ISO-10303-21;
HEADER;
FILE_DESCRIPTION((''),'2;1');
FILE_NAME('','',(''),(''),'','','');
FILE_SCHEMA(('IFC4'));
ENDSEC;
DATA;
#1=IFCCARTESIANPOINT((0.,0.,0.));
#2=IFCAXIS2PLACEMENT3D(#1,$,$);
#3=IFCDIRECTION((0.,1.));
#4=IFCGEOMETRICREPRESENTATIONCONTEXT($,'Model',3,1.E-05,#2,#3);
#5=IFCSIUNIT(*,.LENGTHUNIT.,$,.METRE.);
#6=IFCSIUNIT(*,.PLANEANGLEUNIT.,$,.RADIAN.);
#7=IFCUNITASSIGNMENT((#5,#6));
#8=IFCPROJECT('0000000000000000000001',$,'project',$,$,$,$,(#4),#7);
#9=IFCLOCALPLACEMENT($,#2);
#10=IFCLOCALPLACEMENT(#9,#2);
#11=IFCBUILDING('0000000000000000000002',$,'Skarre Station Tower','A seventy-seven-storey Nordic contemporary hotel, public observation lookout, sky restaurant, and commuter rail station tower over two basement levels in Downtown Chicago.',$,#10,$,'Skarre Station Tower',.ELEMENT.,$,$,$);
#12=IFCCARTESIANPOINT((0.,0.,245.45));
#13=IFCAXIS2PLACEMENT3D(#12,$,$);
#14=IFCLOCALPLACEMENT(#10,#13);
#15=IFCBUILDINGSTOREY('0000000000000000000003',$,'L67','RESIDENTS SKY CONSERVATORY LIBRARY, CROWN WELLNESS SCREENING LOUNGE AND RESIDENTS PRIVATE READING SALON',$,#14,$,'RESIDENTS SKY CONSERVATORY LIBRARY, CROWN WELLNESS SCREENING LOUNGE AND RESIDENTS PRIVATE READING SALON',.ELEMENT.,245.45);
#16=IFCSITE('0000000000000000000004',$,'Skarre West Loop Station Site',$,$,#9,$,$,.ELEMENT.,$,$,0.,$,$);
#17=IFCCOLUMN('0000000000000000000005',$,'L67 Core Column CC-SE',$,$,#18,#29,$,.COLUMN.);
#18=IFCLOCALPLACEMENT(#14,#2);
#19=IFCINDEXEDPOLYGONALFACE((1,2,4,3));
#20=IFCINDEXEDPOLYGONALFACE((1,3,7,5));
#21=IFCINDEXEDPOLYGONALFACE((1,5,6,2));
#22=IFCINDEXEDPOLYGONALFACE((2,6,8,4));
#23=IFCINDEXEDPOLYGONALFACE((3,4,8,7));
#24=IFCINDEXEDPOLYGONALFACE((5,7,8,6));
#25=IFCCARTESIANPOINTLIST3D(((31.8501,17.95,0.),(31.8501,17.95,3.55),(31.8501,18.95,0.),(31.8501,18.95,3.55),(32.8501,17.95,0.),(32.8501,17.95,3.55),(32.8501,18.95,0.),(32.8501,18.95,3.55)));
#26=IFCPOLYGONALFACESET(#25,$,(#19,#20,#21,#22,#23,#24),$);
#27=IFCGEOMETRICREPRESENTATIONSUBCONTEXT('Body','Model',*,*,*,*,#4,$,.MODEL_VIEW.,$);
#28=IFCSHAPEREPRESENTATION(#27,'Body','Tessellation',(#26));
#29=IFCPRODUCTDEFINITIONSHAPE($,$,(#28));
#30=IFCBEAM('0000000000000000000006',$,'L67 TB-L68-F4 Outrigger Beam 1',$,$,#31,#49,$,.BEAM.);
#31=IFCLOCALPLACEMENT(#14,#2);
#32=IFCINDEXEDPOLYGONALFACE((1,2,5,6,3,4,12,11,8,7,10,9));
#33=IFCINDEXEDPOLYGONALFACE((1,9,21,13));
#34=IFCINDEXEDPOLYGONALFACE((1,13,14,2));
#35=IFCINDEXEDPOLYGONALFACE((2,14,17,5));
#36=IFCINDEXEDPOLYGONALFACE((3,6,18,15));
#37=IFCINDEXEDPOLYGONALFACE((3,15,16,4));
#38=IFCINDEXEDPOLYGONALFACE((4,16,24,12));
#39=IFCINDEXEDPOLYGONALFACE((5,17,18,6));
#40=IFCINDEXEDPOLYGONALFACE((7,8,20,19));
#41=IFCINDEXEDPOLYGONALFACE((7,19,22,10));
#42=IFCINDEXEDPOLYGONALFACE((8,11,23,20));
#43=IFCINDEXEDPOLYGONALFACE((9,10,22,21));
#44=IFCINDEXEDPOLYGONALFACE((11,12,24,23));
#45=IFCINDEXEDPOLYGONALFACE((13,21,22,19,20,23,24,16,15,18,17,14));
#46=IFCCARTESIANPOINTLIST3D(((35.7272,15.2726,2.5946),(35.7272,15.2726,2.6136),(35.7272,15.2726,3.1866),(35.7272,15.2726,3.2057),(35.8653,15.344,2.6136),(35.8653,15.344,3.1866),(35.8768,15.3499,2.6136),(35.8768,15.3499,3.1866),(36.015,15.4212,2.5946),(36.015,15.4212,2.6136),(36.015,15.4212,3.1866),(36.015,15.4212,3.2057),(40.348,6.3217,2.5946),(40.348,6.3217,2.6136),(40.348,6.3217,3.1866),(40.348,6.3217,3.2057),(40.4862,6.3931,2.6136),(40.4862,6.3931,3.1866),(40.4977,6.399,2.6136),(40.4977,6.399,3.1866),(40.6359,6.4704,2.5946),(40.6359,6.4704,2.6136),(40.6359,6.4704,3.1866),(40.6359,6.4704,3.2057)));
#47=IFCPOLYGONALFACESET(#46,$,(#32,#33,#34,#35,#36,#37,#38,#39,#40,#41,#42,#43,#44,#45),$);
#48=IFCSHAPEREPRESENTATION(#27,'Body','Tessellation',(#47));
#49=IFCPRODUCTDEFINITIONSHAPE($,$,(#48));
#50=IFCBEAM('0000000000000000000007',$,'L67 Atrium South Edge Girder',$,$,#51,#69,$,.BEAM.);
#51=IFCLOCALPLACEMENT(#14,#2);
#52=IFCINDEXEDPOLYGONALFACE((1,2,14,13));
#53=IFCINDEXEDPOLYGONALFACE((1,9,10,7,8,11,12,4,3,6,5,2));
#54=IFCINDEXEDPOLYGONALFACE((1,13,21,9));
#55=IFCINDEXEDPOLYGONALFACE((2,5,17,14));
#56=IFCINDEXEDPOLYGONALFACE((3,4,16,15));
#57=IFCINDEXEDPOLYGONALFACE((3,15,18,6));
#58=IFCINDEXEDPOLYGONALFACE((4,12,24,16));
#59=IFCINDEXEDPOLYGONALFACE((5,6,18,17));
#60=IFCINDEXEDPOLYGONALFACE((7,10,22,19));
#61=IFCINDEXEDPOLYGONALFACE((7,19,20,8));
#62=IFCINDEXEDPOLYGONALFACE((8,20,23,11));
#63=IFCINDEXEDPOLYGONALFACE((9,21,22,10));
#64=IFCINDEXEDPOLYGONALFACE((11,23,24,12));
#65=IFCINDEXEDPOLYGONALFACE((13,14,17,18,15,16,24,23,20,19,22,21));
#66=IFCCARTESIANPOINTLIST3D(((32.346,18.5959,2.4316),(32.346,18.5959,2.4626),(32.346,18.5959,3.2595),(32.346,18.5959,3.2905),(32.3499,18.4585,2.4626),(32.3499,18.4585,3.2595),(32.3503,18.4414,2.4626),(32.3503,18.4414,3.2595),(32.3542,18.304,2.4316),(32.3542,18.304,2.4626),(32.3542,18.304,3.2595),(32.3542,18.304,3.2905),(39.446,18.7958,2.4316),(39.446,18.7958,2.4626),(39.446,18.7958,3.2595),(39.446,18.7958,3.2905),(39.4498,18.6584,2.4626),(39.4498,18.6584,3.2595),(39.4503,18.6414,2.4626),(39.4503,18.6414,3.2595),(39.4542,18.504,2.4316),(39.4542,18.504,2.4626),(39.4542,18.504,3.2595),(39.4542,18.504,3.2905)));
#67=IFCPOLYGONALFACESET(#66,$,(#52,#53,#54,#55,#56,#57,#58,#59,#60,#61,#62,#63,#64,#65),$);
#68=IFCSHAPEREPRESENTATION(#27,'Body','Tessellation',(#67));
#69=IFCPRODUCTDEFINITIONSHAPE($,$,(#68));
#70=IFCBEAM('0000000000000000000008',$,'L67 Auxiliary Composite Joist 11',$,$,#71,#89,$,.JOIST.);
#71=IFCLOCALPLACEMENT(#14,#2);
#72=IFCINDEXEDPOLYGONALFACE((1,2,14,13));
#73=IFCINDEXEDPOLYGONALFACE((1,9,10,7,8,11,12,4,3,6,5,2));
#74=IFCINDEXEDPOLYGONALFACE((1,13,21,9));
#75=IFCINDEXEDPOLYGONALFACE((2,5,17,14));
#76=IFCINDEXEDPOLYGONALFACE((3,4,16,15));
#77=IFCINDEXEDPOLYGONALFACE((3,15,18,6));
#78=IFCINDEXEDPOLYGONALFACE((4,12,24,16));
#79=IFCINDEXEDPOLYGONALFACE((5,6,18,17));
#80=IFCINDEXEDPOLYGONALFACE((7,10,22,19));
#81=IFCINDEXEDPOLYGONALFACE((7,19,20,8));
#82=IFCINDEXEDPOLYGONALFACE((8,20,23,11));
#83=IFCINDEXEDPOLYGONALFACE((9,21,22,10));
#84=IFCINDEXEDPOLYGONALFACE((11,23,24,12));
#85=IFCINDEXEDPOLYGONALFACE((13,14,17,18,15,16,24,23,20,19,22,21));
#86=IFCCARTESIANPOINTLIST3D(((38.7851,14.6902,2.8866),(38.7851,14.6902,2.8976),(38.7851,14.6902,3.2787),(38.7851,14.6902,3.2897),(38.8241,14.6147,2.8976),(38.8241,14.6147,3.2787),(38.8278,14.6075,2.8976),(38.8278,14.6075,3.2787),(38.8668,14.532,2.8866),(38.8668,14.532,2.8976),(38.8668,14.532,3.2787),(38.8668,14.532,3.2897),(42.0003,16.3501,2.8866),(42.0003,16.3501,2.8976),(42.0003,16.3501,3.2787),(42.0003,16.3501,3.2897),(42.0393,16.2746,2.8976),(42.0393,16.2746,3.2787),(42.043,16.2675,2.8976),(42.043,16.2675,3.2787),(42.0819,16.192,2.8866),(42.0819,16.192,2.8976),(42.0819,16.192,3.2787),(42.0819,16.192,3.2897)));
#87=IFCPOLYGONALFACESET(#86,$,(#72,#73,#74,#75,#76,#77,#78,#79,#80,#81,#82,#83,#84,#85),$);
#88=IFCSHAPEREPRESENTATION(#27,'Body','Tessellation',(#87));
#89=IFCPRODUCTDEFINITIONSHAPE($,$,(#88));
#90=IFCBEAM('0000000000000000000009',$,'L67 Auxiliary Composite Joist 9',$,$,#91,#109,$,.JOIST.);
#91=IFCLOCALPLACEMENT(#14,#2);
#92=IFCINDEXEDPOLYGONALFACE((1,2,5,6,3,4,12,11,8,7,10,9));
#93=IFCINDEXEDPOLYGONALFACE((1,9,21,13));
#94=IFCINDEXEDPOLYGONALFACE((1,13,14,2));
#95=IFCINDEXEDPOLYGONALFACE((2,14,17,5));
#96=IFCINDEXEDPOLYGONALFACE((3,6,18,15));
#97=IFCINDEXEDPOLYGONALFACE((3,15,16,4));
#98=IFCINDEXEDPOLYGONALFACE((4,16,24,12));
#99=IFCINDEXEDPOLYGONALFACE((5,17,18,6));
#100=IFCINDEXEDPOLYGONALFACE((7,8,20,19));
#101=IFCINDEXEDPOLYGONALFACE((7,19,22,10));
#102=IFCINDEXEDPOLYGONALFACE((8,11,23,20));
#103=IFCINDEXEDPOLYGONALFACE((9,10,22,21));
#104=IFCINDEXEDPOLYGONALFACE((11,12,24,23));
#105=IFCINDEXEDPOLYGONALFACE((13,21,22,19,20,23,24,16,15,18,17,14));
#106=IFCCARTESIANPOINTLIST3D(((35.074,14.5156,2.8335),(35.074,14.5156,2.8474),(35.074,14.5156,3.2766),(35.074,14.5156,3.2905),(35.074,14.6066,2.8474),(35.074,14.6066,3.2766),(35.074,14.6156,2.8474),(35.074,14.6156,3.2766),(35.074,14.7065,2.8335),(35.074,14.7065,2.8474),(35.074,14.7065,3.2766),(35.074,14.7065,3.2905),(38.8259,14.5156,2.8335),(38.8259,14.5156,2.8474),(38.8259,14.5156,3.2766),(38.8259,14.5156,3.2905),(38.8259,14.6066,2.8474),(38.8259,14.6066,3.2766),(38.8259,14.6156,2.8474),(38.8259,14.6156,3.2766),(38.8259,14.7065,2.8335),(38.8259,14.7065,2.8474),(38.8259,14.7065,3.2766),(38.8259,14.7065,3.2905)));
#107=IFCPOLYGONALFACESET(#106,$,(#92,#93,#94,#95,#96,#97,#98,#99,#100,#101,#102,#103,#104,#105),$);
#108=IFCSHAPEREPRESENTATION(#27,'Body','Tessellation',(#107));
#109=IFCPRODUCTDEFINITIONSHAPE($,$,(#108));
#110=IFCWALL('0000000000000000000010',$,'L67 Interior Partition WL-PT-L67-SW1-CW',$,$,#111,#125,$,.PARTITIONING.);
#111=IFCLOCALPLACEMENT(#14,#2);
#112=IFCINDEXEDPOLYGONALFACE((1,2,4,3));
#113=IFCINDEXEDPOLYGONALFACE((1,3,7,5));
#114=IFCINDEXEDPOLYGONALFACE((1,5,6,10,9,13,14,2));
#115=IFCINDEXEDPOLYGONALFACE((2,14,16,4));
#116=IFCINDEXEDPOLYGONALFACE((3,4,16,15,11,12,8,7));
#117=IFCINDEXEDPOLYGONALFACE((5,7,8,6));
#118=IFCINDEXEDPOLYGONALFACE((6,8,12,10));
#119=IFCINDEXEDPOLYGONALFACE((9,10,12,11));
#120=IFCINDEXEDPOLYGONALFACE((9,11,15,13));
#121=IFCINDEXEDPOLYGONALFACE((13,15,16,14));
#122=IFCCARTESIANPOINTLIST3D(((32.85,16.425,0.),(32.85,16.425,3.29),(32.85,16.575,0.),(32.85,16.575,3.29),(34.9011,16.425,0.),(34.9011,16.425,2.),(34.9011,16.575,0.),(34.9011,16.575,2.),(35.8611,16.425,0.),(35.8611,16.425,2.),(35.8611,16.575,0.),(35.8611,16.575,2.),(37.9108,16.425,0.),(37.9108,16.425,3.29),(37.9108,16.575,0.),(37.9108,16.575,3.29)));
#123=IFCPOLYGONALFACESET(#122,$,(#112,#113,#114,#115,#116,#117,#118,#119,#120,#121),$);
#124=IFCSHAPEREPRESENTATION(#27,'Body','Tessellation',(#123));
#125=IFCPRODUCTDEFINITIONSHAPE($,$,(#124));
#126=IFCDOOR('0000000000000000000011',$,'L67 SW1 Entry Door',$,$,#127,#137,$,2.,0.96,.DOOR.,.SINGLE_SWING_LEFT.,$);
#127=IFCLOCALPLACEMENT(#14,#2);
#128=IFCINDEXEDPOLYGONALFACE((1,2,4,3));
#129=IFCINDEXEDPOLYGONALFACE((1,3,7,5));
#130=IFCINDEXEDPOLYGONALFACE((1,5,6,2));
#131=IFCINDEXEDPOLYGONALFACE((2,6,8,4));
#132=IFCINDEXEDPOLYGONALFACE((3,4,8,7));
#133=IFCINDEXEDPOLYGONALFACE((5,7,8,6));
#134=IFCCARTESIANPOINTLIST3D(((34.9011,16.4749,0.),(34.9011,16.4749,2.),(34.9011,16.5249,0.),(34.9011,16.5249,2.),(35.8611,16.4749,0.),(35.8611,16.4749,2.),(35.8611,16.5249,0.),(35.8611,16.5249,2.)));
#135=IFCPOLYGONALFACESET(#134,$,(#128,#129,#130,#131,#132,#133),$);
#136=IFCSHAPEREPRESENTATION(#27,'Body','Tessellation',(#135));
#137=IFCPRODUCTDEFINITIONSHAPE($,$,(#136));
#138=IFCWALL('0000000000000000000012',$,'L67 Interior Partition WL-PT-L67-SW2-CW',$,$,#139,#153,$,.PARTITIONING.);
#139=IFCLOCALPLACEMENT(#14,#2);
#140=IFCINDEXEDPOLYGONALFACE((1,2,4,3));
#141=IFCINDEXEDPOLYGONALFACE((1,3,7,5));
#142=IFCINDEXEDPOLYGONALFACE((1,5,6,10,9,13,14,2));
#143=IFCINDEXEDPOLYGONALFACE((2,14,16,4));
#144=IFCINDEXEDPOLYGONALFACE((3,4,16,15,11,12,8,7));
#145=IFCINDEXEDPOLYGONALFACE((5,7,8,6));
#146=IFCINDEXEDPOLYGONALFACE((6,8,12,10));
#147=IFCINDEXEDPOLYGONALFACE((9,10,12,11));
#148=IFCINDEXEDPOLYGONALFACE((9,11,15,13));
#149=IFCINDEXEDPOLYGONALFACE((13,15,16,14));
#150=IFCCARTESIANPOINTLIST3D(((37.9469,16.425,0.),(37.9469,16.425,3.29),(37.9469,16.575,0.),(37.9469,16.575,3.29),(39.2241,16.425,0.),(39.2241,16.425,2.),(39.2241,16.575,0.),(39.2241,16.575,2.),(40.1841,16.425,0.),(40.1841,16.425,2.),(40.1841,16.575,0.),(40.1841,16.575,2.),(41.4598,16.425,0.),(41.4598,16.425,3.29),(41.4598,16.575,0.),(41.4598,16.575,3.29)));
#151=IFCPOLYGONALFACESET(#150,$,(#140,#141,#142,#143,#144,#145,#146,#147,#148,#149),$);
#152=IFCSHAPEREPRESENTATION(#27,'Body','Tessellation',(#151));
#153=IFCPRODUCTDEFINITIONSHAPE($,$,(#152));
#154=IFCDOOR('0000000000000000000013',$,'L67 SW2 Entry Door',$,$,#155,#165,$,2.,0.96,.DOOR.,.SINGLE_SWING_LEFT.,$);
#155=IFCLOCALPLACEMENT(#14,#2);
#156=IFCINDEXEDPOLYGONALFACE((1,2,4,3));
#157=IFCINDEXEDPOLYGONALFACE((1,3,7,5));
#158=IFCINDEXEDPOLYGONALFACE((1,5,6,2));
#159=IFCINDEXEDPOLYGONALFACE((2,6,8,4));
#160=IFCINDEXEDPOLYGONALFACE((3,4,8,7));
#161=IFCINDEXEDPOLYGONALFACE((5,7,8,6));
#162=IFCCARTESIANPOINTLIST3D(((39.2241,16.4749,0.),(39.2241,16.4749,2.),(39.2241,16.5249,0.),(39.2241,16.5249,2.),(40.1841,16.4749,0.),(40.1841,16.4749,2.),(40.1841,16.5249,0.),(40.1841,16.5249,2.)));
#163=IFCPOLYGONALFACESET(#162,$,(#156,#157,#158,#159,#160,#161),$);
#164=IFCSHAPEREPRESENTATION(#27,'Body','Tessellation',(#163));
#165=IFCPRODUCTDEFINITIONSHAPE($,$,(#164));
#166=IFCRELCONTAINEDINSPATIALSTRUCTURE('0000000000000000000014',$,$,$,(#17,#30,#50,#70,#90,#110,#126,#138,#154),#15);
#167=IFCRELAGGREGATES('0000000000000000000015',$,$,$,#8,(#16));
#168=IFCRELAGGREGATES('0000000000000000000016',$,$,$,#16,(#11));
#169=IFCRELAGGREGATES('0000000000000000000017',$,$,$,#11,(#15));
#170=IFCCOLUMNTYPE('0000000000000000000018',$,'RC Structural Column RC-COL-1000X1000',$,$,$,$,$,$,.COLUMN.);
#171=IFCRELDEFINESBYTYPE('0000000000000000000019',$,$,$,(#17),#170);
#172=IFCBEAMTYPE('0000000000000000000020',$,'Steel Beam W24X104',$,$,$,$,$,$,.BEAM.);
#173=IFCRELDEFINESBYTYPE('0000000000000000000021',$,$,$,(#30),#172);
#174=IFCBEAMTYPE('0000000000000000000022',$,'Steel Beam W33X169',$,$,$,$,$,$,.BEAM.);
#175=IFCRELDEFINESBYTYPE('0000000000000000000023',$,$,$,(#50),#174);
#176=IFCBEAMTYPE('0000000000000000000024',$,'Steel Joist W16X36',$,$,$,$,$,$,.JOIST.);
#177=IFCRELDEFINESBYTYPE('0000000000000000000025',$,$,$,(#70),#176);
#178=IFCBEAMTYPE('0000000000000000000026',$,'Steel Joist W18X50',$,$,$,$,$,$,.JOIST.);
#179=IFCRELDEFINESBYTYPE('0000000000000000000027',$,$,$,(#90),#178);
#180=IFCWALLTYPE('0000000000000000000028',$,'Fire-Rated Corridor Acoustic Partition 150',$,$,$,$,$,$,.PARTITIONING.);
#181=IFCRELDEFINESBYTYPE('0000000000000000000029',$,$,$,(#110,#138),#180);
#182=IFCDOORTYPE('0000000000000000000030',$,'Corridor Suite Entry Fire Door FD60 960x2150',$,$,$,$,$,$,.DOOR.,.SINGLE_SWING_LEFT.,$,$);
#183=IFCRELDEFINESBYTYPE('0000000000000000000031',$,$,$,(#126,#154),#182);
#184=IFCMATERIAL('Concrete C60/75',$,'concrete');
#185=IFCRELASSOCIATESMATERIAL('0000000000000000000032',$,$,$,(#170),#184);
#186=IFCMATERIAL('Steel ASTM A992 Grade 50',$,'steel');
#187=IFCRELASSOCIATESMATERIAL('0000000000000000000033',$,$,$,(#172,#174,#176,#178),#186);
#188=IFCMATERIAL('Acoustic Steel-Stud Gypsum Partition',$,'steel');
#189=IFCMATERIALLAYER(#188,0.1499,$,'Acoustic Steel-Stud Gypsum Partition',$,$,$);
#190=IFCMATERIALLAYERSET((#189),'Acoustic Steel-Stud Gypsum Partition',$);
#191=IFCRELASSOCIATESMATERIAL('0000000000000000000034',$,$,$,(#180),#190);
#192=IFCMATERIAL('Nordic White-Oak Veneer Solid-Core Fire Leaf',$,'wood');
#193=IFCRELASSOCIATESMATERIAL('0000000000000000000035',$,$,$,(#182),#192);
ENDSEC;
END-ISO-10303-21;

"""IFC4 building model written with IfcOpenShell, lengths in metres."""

from ifc_helpers import new_model, si_unit, direction, frame, frame_2d, origin, origin_2d, place, context, subcontext, project, spatial, rectangle, i_section, extrude, material, layer, layer_set, material_profile, profile_set, type_object, element, fill, save


model = new_model("IFC4")

# Units and contexts
model_context = context("Model", 3, precision=1e-05, world=origin(), true_north=direction((0.0, 1.0)))
body_context = subcontext(model_context, "Body", "Model", "MODEL_VIEW")
ifc_project = project(units=[si_unit("LENGTHUNIT", "METRE"), si_unit("PLANEANGLEUNIT", "RADIAN")], contexts=[model_context])

# Site, building, storey
site_placement = place(None, origin())
site = spatial("IfcSite", under=ifc_project, at=site_placement, Name="Skarre West Loop Station Site", CompositionType="ELEMENT", RefElevation=0.0)
building_placement = place(site_placement, origin())
building = spatial("IfcBuilding", under=site, at=building_placement, Name="Skarre Station Tower", Description="A seventy-seven-storey Nordic contemporary hotel, public observation lookout, sky restaurant, and commuter rail station tower over two basement levels in Downtown Chicago.", LongName="Skarre Station Tower", CompositionType="ELEMENT")
storey_placement = place(building_placement, frame((0.0, 0.0, 245.45)))
storey = spatial("IfcBuildingStorey", under=building, at=storey_placement, Name="L67", Description="RESIDENTS SKY CONSERVATORY LIBRARY, CROWN WELLNESS SCREENING LOUNGE AND RESIDENTS PRIVATE READING SALON", LongName="RESIDENTS SKY CONSERVATORY LIBRARY, CROWN WELLNESS SCREENING LOUNGE AND RESIDENTS PRIVATE READING SALON", CompositionType="ELEMENT", Elevation=245.45)

# Column
ifc_material_1 = material(Name="Concrete C60/75", Category="concrete")
ifc_material_profile_1 = material_profile(ifc_material_1, rectangle(XDim=1.0, YDim=1.0, at=origin_2d()), Name="Concrete C60/75")
ifc_profile_set_1 = profile_set([ifc_material_profile_1], Name="Concrete C60/75")
column_type = type_object("IfcColumnType", Name="RC Structural Column RC-COL-1000X1000", PredefinedType="COLUMN", material=ifc_profile_set_1)
column_placement = place(storey_placement, frame((32.3501, 18.45, 0.0), z_axis=(0.0, 0.0, 1.0), x_axis=(1.0, 0.0, 0.0)))
element("IfcColumn", 1, at=column_placement, inside=storey, type_object=column_type, Name="L67 Core Column CC-SE", PredefinedType="COLUMN", context=body_context, shape_type="SweptSolid", body=[
    extrude(rectangle(XDim=1.0, YDim=1.0, at=origin_2d()), origin(), (0.0, 0.0, 1.0), 3.55),
])

# Beams
ifc_material_2 = material(Name="Steel ASTM A992 Grade 50", Category="steel")
ifc_material_profile_2 = material_profile(ifc_material_2, i_section(OverallWidth=0.324, OverallDepth=0.6111, WebThickness=0.0129, FlangeThickness=0.019, at=origin_2d()), Name="Steel ASTM A992 Grade 50")
ifc_profile_set_2 = profile_set([ifc_material_profile_2], Name="Steel ASTM A992 Grade 50")
beam_type_1 = type_object("IfcBeamType", Name="Steel Beam W24X104", PredefinedType="BEAM", material=ifc_profile_set_2)
beam_1_placement = place(storey_placement, frame((35.8711, 15.3469, 2.9001), z_axis=(0.458723, -0.88858, 0.0), x_axis=(0.88858, 0.458723, 0.0)))
element("IfcBeam", 2, at=beam_1_placement, inside=storey, type_object=beam_type_1, Name="L67 TB-L68-F4 Outrigger Beam 1", PredefinedType="BEAM", context=body_context, shape_type="SweptSolid", body=[
    extrude(i_section(OverallWidth=0.324, OverallDepth=0.6111, WebThickness=0.0129, FlangeThickness=0.019, at=origin_2d()), origin(), (0.0, 0.0, 1.0), 10.0732),
])
ifc_material_profile_3 = material_profile(ifc_material_2, i_section(OverallWidth=0.292, OverallDepth=0.8589, WebThickness=0.0171, FlangeThickness=0.031, at=origin_2d()), Name="Steel ASTM A992 Grade 50")
ifc_profile_set_3 = profile_set([ifc_material_profile_3], Name="Steel ASTM A992 Grade 50")
beam_type_2 = type_object("IfcBeamType", Name="Steel Beam W33X169", PredefinedType="BEAM", material=ifc_profile_set_3)
beam_2_placement = place(storey_placement, frame((32.3501, 18.45, 2.8611), z_axis=(0.999604, 0.028152, 0.0), x_axis=(-0.028152, 0.999604, 0.0)))
element("IfcBeam", 3, at=beam_2_placement, inside=storey, type_object=beam_type_2, Name="L67 Atrium South Edge Girder", PredefinedType="BEAM", context=body_context, shape_type="SweptSolid", body=[
    extrude(i_section(OverallWidth=0.292, OverallDepth=0.8589, WebThickness=0.0171, FlangeThickness=0.031, at=origin_2d()), origin(), (0.0, 0.0, 1.0), 7.1028),
])
ifc_material_profile_4 = material_profile(ifc_material_2, i_section(OverallWidth=0.178, OverallDepth=0.4031, WebThickness=0.0081, FlangeThickness=0.011, at=origin_2d()), Name="Steel ASTM A992 Grade 50")
ifc_profile_set_4 = profile_set([ifc_material_profile_4], Name="Steel ASTM A992 Grade 50")
beam_type_3 = type_object("IfcBeamType", Name="Steel Joist W16X36", PredefinedType="JOIST", material=ifc_profile_set_4)
beam_3_placement = place(storey_placement, frame((38.8259, 14.6111, 3.0881), z_axis=(0.888563, 0.458755, 0.0), x_axis=(-0.458755, 0.888563, 0.0)))
element("IfcBeam", 4, at=beam_3_placement, inside=storey, type_object=beam_type_3, Name="L67 Auxiliary Composite Joist 11", PredefinedType="JOIST", context=body_context, shape_type="SweptSolid", body=[
    extrude(i_section(OverallWidth=0.178, OverallDepth=0.4031, WebThickness=0.0081, FlangeThickness=0.011, at=origin_2d()), origin(), (0.0, 0.0, 1.0), 3.6184),
])
ifc_material_profile_5 = material_profile(ifc_material_2, i_section(OverallWidth=0.1909, OverallDepth=0.457, WebThickness=0.009, FlangeThickness=0.0139, at=origin_2d()), Name="Steel ASTM A992 Grade 50")
ifc_profile_set_5 = profile_set([ifc_material_profile_5], Name="Steel ASTM A992 Grade 50")
beam_type_4 = type_object("IfcBeamType", Name="Steel Joist W18X50", PredefinedType="JOIST", material=ifc_profile_set_5)
beam_4_placement = place(storey_placement, frame((35.074, 14.6111, 3.062), z_axis=(1.0, 0.0, 0.0), x_axis=(0.0, 1.0, 0.0)))
element("IfcBeam", 5, at=beam_4_placement, inside=storey, type_object=beam_type_4, Name="L67 Auxiliary Composite Joist 9", PredefinedType="JOIST", context=body_context, shape_type="SweptSolid", body=[
    extrude(i_section(OverallWidth=0.1909, OverallDepth=0.457, WebThickness=0.009, FlangeThickness=0.0139, at=origin_2d()), origin(), (0.0, 0.0, 1.0), 3.752),
])

# Walls, openings, doors
ifc_material_3 = material(Name="Acoustic Steel-Stud Gypsum Partition", Category="steel")
ifc_layer_1 = layer(ifc_material_3, 0.1499, Name="Acoustic Steel-Stud Gypsum Partition")
ifc_layer_set_1 = layer_set([ifc_layer_1], Name="Acoustic Steel-Stud Gypsum Partition")
wall_type_1 = type_object("IfcWallType", Name="Fire-Rated Corridor Acoustic Partition 150", PredefinedType="PARTITIONING", material=ifc_layer_set_1)
wall_1_placement = place(storey_placement, frame((32.8501, 16.5, 0.0), z_axis=(0.0, 0.0, 1.0), x_axis=(1.0, 0.0, 0.0)))
wall_1 = element("IfcWall", 6, at=wall_1_placement, inside=storey, type_object=wall_type_1, Name="L67 Interior Partition WL-PT-L67-SW1-CW", PredefinedType="PARTITIONING", context=body_context, shape_type="SweptSolid", body=[
    extrude(rectangle(XDim=5.0608, YDim=0.1499, at=frame_2d((2.5303, 0.0))), origin(), (0.0, 0.0, 1.0), 3.29),
])
opening_1_placement = place(wall_1_placement, frame((2.051, 0.0, 0.0)))
opening_1 = element("IfcOpeningElement", 7, at=opening_1_placement, cuts=wall_1, PredefinedType="OPENING", context=body_context, shape_type="SweptSolid", body=[
    extrude(rectangle(XDim=0.96, YDim=2.0, at=frame_2d((0.48, 1.0))), frame((0.0, 0.085, 0.0), z_axis=(0.0, -1.0, 0.0), x_axis=(1.0, 0.0, 0.0)), (0.0, 0.0, 1.0), 0.1699),
])
ifc_material_4 = material(Name="Nordic White-Oak Veneer Solid-Core Fire Leaf", Category="wood")
door_type_1 = type_object("IfcDoorType", Name="Corridor Suite Entry Fire Door FD60 960x2150", OperationType="SINGLE_SWING_LEFT", PredefinedType="DOOR", material=ifc_material_4)
door_1_placement = place(opening_1_placement, origin())
door_1 = element("IfcDoor", 8, at=door_1_placement, inside=storey, type_object=door_type_1, Name="L67 SW1 Entry Door", OperationType="SINGLE_SWING_LEFT", OverallHeight=2.0, OverallWidth=0.96, PredefinedType="DOOR", context=body_context, shape_type="SweptSolid", body=[
    extrude(rectangle(XDim=0.96, YDim=2.0, at=frame_2d((0.48, 1.0))), frame((0.0, 0.0249, 0.0), z_axis=(0.0, -1.0, 0.0), x_axis=(1.0, 0.0, 0.0)), (0.0, 0.0, 1.0), 0.05),
])
fill(opening_1, door_1)
wall_2_placement = place(storey_placement, frame((37.947, 16.5, 0.0), z_axis=(0.0, 0.0, 1.0), x_axis=(1.0, 0.0, 0.0)))
wall_2 = element("IfcWall", 9, at=wall_2_placement, inside=storey, type_object=wall_type_1, Name="L67 Interior Partition WL-PT-L67-SW2-CW", PredefinedType="PARTITIONING", context=body_context, shape_type="SweptSolid", body=[
    extrude(rectangle(XDim=3.5129, YDim=0.1499, at=frame_2d((1.7563, 0.0))), origin(), (0.0, 0.0, 1.0), 3.29),
])
opening_2_placement = place(wall_2_placement, frame((1.2771, 0.0, 0.0)))
opening_2 = element("IfcOpeningElement", 10, at=opening_2_placement, cuts=wall_2, PredefinedType="OPENING", context=body_context, shape_type="SweptSolid", body=[
    extrude(rectangle(XDim=0.96, YDim=2.0, at=frame_2d((0.48, 1.0))), frame((0.0, 0.085, 0.0), z_axis=(0.0, -1.0, 0.0), x_axis=(1.0, 0.0, 0.0)), (0.0, 0.0, 1.0), 0.1699),
])
door_2_placement = place(opening_2_placement, origin())
door_2 = element("IfcDoor", 11, at=door_2_placement, inside=storey, type_object=door_type_1, Name="L67 SW2 Entry Door", OperationType="SINGLE_SWING_LEFT", OverallHeight=2.0, OverallWidth=0.96, PredefinedType="DOOR", context=body_context, shape_type="SweptSolid", body=[
    extrude(rectangle(XDim=0.96, YDim=2.0, at=frame_2d((0.48, 1.0))), frame((0.0, 0.0249, 0.0), z_axis=(0.0, -1.0, 0.0), x_axis=(1.0, 0.0, 0.0)), (0.0, 0.0, 1.0), 0.05),
])
fill(opening_2, door_2)

save(model, "model.ifc")
